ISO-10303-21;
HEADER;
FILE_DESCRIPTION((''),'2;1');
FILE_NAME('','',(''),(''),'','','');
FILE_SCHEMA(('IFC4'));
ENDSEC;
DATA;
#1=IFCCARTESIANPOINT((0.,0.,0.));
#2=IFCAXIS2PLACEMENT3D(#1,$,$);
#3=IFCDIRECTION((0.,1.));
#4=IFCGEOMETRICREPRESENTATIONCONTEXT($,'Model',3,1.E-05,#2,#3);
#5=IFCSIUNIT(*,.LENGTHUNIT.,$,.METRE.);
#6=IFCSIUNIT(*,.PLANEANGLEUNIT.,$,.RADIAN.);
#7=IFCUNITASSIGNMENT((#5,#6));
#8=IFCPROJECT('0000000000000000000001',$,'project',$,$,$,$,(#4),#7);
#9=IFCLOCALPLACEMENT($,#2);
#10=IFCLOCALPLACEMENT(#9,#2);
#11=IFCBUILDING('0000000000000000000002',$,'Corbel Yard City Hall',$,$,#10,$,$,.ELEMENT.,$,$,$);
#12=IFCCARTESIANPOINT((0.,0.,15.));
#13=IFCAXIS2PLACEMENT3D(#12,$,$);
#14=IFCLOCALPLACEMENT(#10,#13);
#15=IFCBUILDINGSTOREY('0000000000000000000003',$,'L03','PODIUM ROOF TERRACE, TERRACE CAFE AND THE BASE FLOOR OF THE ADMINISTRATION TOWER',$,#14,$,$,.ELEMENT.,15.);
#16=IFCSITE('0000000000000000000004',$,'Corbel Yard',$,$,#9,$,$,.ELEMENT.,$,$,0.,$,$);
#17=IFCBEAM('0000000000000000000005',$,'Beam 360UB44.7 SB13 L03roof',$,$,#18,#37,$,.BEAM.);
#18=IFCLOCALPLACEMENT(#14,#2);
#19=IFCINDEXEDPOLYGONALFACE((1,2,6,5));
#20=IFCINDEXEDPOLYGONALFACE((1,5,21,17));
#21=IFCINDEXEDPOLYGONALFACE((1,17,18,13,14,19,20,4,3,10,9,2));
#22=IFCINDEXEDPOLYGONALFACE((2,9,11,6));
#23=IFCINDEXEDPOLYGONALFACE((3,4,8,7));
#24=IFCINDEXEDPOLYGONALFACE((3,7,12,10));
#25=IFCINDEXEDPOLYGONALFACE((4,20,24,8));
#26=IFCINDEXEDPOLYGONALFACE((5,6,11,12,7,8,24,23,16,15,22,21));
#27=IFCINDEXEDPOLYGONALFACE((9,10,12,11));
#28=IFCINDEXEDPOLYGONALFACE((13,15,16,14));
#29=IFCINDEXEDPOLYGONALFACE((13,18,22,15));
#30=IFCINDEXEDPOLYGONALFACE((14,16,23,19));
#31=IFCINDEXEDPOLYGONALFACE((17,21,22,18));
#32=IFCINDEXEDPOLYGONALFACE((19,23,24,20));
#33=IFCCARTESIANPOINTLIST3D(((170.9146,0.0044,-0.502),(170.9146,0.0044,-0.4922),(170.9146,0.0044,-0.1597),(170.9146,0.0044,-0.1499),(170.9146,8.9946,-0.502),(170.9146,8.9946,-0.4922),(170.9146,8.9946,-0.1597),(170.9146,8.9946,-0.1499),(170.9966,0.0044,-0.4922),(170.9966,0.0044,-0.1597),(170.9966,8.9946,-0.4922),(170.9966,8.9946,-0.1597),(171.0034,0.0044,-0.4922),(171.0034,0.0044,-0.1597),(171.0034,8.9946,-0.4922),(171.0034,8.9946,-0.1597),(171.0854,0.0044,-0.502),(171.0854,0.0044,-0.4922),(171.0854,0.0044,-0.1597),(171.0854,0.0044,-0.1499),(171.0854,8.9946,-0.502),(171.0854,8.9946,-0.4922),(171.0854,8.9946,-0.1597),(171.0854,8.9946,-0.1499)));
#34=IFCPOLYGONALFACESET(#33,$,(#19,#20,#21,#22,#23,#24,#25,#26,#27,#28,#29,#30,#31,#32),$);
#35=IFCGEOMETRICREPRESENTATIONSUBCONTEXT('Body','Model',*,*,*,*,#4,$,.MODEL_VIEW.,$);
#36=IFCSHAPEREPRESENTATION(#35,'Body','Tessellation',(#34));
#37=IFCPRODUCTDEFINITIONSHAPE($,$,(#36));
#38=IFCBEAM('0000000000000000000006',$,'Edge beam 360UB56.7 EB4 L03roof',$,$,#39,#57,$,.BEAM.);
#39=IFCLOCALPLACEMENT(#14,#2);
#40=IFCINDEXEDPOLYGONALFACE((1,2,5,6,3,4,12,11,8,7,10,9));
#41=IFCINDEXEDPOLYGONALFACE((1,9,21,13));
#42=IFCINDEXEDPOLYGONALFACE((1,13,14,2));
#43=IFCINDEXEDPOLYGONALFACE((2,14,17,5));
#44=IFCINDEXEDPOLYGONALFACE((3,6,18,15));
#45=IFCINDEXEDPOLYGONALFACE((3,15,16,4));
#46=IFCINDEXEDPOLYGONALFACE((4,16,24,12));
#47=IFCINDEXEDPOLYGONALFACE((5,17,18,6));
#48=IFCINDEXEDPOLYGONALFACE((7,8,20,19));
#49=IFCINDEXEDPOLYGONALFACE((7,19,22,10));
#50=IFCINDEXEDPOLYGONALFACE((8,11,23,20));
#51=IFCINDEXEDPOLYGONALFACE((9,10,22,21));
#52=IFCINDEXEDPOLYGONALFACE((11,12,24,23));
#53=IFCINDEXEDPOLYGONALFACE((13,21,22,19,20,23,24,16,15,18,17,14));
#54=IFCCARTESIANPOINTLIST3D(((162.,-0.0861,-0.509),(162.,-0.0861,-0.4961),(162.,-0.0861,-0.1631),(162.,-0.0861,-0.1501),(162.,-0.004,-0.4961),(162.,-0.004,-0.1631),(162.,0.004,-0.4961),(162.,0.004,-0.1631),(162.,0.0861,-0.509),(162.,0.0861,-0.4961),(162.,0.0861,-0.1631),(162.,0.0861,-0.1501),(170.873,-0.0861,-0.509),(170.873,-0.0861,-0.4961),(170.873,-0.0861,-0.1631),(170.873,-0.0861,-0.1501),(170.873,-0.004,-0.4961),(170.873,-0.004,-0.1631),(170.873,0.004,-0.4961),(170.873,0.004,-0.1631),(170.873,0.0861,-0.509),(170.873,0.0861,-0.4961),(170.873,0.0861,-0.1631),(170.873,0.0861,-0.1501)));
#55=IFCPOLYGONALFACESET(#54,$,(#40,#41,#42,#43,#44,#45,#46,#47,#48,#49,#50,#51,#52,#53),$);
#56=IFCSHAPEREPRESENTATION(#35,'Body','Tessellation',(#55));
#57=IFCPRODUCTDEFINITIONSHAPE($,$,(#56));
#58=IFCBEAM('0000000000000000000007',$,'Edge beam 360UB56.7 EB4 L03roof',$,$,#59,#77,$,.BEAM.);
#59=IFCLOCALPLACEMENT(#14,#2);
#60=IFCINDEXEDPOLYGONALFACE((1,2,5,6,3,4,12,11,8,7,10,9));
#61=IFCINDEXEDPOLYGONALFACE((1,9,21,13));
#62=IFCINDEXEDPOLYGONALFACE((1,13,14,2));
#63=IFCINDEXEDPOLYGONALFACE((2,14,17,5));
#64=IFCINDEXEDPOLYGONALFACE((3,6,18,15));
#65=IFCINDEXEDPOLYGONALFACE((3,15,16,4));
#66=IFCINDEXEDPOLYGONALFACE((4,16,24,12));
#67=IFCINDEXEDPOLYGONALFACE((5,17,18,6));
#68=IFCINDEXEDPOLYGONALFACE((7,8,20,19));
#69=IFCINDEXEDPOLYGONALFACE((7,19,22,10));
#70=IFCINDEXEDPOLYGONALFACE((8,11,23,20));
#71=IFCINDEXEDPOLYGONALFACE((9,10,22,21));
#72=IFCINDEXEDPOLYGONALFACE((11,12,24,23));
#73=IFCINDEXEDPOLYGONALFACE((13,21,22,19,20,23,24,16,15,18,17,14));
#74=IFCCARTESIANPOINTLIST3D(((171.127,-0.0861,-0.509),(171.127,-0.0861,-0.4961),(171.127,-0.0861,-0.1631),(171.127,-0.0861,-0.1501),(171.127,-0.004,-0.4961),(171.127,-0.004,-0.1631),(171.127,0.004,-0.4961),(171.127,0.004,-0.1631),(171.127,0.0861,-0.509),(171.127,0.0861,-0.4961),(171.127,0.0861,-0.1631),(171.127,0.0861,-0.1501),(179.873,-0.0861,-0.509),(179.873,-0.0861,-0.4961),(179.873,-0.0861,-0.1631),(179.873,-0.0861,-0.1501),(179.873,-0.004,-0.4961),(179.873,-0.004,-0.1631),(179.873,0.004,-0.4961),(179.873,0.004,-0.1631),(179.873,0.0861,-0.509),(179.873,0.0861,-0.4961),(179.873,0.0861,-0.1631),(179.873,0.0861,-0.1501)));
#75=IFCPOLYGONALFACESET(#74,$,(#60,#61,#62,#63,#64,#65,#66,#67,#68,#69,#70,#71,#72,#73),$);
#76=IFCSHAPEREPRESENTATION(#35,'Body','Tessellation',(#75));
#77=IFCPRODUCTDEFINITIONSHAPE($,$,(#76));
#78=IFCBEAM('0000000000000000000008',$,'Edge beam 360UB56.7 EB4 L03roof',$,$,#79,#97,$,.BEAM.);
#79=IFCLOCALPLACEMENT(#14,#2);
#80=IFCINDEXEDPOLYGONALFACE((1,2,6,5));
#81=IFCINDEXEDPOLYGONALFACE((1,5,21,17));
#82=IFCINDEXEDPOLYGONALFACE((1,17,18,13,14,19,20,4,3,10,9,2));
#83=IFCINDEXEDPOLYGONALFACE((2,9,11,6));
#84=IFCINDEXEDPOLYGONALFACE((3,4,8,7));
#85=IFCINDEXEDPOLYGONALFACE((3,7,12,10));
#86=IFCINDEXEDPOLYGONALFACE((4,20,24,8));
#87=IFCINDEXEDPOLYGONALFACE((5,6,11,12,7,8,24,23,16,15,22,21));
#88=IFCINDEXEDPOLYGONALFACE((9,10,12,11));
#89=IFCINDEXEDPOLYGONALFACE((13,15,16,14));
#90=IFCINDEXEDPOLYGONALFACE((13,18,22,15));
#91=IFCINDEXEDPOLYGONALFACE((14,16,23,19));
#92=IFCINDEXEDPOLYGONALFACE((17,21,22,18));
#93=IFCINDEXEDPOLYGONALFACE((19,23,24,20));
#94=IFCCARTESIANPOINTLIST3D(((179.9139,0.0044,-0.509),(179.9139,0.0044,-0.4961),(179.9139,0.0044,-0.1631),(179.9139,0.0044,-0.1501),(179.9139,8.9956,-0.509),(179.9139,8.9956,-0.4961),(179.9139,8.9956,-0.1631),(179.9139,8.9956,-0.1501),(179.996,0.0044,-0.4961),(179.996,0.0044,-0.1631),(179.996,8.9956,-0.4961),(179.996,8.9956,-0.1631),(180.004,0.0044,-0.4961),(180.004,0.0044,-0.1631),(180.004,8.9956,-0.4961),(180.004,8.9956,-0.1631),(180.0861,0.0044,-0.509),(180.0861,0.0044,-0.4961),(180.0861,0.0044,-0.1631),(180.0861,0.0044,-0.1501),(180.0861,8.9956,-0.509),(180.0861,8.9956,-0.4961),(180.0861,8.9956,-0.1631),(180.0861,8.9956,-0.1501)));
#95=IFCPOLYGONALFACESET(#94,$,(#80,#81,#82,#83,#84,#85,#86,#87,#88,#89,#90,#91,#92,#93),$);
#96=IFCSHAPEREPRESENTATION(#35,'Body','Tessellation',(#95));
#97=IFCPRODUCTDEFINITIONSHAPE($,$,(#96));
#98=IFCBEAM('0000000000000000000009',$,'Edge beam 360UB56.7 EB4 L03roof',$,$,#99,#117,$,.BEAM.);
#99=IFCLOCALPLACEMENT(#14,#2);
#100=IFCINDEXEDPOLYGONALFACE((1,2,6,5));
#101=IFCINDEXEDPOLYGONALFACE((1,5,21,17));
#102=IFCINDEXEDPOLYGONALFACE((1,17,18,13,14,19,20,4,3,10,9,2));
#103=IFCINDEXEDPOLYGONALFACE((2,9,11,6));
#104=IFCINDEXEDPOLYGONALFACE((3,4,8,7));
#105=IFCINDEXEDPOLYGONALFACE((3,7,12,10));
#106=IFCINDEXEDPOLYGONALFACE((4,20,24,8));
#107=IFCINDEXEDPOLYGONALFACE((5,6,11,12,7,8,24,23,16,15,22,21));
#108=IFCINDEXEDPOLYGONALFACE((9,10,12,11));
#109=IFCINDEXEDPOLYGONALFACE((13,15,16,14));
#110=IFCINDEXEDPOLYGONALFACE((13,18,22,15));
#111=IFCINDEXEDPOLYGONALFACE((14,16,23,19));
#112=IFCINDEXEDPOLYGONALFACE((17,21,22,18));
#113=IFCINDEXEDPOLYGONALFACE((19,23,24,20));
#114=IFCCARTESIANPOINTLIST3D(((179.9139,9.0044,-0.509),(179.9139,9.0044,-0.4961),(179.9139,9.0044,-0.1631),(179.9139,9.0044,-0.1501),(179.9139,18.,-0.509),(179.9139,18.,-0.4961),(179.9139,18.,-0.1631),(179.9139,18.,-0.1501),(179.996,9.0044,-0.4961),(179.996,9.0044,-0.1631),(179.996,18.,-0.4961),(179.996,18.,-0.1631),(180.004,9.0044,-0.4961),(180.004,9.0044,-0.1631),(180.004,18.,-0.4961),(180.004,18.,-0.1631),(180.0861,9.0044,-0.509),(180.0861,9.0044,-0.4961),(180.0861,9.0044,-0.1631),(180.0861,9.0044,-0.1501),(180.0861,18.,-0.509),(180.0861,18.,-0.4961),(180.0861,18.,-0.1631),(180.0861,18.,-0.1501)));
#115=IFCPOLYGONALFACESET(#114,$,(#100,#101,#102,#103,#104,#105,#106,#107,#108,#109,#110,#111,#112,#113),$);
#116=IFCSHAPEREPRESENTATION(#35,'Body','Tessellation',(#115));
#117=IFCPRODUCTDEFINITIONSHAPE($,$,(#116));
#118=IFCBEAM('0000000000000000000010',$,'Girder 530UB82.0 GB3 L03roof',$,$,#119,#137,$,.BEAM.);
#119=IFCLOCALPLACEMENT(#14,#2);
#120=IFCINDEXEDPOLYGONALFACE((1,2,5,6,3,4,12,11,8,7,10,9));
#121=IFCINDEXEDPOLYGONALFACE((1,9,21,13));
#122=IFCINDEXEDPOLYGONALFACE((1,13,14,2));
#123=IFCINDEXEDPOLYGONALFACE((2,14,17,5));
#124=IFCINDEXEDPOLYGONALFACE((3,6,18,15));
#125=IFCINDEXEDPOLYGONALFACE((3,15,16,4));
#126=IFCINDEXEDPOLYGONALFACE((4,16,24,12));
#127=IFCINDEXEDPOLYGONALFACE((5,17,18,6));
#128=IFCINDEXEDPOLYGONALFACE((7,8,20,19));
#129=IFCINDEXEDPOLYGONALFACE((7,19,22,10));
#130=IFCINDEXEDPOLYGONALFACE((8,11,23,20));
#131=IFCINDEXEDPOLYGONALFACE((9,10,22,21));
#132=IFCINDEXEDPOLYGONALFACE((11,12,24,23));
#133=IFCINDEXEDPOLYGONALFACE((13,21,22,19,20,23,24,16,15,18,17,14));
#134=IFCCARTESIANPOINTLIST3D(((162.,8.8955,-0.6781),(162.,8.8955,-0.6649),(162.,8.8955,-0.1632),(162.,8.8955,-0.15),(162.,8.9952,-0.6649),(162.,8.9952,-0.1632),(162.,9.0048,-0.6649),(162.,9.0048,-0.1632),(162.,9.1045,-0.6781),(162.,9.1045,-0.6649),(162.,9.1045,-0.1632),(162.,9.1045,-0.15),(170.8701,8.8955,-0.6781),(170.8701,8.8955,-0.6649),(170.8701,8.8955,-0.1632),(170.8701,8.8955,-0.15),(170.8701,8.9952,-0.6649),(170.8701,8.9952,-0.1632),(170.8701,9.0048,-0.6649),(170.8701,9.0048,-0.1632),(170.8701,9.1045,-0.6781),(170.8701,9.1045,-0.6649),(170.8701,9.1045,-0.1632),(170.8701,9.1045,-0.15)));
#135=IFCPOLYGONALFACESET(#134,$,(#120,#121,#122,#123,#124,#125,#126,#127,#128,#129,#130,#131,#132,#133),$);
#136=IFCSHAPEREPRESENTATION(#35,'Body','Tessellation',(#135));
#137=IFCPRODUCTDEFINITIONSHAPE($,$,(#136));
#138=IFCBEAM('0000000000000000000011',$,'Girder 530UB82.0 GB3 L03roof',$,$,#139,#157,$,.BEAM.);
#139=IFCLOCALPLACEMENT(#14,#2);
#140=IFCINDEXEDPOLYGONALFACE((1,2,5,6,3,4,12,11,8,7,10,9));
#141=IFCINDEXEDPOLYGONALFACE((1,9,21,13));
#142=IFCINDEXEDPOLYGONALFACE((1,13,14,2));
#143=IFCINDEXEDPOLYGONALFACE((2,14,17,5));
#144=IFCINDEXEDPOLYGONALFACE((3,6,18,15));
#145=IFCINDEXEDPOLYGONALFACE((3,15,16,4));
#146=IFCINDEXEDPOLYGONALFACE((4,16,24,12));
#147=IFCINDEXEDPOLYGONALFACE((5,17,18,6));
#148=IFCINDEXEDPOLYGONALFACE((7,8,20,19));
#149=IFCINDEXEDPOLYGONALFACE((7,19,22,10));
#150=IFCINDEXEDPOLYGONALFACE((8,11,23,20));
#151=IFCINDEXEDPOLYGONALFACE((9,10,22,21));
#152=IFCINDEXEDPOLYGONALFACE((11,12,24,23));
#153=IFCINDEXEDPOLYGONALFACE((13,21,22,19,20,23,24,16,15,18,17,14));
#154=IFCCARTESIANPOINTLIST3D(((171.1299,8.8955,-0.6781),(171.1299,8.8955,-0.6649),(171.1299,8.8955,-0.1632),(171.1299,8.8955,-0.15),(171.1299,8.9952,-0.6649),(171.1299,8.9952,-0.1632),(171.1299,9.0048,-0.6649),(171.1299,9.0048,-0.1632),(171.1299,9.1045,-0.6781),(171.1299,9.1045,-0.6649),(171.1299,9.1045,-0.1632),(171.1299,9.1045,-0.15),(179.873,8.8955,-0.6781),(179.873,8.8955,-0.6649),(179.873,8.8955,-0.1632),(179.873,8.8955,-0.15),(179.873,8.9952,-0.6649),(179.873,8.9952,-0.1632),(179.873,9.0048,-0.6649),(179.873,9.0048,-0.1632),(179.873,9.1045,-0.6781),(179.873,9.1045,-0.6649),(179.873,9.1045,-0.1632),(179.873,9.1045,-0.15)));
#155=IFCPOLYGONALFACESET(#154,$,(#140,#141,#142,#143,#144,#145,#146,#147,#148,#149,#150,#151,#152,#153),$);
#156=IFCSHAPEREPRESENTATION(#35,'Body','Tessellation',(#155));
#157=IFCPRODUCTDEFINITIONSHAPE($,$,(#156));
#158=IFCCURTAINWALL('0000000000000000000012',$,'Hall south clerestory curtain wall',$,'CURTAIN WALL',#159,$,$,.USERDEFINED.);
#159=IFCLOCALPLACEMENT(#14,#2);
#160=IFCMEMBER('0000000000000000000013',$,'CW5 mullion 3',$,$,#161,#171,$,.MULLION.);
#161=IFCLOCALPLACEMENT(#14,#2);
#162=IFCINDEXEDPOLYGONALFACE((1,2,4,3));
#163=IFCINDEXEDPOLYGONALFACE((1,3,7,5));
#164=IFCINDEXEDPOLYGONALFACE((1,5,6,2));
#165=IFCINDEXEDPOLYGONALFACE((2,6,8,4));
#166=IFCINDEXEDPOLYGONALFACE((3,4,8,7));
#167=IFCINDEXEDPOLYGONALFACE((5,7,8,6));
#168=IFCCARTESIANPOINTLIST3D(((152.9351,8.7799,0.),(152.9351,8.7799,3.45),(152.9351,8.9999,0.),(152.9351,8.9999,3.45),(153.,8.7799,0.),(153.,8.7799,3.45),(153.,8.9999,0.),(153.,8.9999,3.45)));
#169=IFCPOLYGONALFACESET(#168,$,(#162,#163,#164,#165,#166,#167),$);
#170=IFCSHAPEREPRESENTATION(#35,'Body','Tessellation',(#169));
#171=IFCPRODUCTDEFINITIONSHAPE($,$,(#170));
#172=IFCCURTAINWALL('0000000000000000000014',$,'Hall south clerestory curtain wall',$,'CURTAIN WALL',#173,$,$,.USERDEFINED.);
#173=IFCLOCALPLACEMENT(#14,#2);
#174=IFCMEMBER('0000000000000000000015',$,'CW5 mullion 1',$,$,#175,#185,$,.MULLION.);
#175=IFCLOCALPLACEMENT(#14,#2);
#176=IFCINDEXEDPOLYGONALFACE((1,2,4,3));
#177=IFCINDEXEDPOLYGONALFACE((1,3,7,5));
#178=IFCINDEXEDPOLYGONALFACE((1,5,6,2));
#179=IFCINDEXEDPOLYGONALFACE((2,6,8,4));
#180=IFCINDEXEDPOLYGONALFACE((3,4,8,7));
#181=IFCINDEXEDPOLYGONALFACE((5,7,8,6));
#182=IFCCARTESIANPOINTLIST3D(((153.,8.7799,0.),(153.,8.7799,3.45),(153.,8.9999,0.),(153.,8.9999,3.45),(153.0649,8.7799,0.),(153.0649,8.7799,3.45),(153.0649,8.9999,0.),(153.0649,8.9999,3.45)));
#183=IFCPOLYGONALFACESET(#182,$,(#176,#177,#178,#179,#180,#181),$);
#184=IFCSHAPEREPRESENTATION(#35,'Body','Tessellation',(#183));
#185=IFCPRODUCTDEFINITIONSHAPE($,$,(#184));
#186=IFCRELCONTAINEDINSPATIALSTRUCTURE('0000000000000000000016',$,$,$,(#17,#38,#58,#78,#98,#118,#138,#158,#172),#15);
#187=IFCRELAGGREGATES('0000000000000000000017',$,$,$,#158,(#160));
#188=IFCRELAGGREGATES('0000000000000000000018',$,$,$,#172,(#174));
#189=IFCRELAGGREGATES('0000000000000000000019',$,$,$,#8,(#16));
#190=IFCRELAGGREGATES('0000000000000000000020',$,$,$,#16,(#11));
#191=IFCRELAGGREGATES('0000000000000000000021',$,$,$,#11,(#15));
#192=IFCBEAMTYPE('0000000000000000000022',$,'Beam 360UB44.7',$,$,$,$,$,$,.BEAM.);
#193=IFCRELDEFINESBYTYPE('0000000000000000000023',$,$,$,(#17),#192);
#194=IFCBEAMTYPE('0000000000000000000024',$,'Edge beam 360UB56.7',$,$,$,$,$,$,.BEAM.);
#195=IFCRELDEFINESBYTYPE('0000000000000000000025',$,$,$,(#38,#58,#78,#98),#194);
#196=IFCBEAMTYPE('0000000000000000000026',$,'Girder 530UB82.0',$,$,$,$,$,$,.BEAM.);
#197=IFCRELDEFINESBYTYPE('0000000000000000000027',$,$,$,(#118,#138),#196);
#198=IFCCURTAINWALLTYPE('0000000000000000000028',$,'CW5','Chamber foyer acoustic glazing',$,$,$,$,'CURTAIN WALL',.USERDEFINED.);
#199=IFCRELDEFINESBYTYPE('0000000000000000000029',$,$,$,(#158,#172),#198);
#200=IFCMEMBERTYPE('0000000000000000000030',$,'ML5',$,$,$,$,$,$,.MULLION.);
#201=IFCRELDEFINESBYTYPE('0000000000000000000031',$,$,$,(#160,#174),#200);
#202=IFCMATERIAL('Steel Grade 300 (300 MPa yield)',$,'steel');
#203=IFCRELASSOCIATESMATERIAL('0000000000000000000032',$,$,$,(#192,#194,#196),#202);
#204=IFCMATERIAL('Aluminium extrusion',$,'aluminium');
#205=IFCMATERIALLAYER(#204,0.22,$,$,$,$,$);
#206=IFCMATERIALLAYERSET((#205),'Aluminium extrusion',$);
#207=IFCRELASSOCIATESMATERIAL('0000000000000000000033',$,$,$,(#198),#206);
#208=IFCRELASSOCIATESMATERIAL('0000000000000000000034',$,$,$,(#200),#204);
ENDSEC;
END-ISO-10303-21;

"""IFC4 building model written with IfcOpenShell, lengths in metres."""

from ifc_helpers import new_model, si_unit, direction, frame, origin, origin_2d, place, context, subcontext, project, spatial, rectangle, i_section, extrude, material, layer, layer_set, material_profile, profile_set, type_object, element, aggregate, save


model = new_model("IFC4")

# Units and contexts
model_context = context("Model", 3, precision=1e-05, world=origin(), true_north=direction((0.0, 1.0)))
body_context = subcontext(model_context, "Body", "Model", "MODEL_VIEW")
ifc_project = project(units=[si_unit("LENGTHUNIT", "METRE"), si_unit("PLANEANGLEUNIT", "RADIAN")], contexts=[model_context])

# Site, building, storey
site_placement = place(None, origin())
site = spatial("IfcSite", under=ifc_project, at=site_placement, Name="Corbel Yard", CompositionType="ELEMENT", RefElevation=0.0)
building_placement = place(site_placement, origin())
building = spatial("IfcBuilding", under=site, at=building_placement, Name="Corbel Yard City Hall", CompositionType="ELEMENT")
storey_placement = place(building_placement, frame((0.0, 0.0, 15.0)))
storey = spatial("IfcBuildingStorey", under=building, at=storey_placement, Name="L03", Description="PODIUM ROOF TERRACE, TERRACE CAFE AND THE BASE FLOOR OF THE ADMINISTRATION TOWER", CompositionType="ELEMENT", Elevation=15.0)

# Beams
ifc_material_1 = material(Name="Steel Grade 300 (300 MPa yield)", Category="steel")
ifc_material_profile_1 = material_profile(ifc_material_1, i_section(OverallWidth=0.1709, OverallDepth=0.3521, WebThickness=0.0068, FlangeThickness=0.0098, at=origin_2d()), Name="360UB44.7")
ifc_profile_set_1 = profile_set([ifc_material_profile_1], Name="Steel Grade 300 (300 MPa yield)")
beam_type_1 = type_object("IfcBeamType", Name="Beam 360UB44.7", PredefinedType="BEAM", material=ifc_profile_set_1)
beam_1_placement = place(storey_placement, frame((171.0, 0.0044, -0.3259), z_axis=(0.0, 1.0, 0.0), x_axis=(-1.0, 0.0, 0.0)))
element("IfcBeam", 1, at=beam_1_placement, inside=storey, type_object=beam_type_1, Name="Beam 360UB44.7 SB13 L03roof", PredefinedType="BEAM", context=body_context, shape_type="SweptSolid", body=[
    extrude(i_section(OverallWidth=0.1709, OverallDepth=0.3521, WebThickness=0.0068, FlangeThickness=0.0098, at=origin_2d()), origin(), (0.0, 0.0, 1.0), 8.9902),
])
ifc_material_profile_2 = material_profile(ifc_material_1, i_section(OverallWidth=0.1721, OverallDepth=0.3589, WebThickness=0.0081, FlangeThickness=0.0129, at=origin_2d()), Name="360UB56.7")
ifc_profile_set_2 = profile_set([ifc_material_profile_2], Name="Steel Grade 300 (300 MPa yield)")
beam_type_2 = type_object("IfcBeamType", Name="Edge beam 360UB56.7", PredefinedType="BEAM", material=ifc_profile_set_2)
beam_2_placement = place(storey_placement, frame((162.0, 0.0, -0.3296), z_axis=(1.0, 0.0, 0.0), x_axis=(0.0, 1.0, 0.0)))
element("IfcBeam", 2, at=beam_2_placement, inside=storey, type_object=beam_type_2, Name="Edge beam 360UB56.7 EB4 L03roof", PredefinedType="BEAM", context=body_context, shape_type="SweptSolid", body=[
    extrude(i_section(OverallWidth=0.1721, OverallDepth=0.3589, WebThickness=0.0081, FlangeThickness=0.0129, at=origin_2d()), origin(), (0.0, 0.0, 1.0), 8.873),
])
beam_3_placement = place(storey_placement, frame((171.127, 0.0, -0.3296), z_axis=(1.0, 0.0, 0.0), x_axis=(0.0, 1.0, 0.0)))
element("IfcBeam", 3, at=beam_3_placement, inside=storey, type_object=beam_type_2, Name="Edge beam 360UB56.7 EB4 L03roof", PredefinedType="BEAM", context=body_context, shape_type="SweptSolid", body=[
    extrude(i_section(OverallWidth=0.1721, OverallDepth=0.3589, WebThickness=0.0081, FlangeThickness=0.0129, at=origin_2d()), origin(), (0.0, 0.0, 1.0), 8.7461),
])
beam_4_placement = place(storey_placement, frame((180.0, 0.0044, -0.3296), z_axis=(0.0, 1.0, 0.0), x_axis=(-1.0, 0.0, 0.0)))
element("IfcBeam", 4, at=beam_4_placement, inside=storey, type_object=beam_type_2, Name="Edge beam 360UB56.7 EB4 L03roof", PredefinedType="BEAM", context=body_context, shape_type="SweptSolid", body=[
    extrude(i_section(OverallWidth=0.1721, OverallDepth=0.3589, WebThickness=0.0081, FlangeThickness=0.0129, at=origin_2d()), origin(), (0.0, 0.0, 1.0), 8.9912),
])
beam_5_placement = place(storey_placement, frame((180.0, 9.0044, -0.3296), z_axis=(0.0, 1.0, 0.0), x_axis=(-1.0, 0.0, 0.0)))
element("IfcBeam", 5, at=beam_5_placement, inside=storey, type_object=beam_type_2, Name="Edge beam 360UB56.7 EB4 L03roof", PredefinedType="BEAM", context=body_context, shape_type="SweptSolid", body=[
    extrude(i_section(OverallWidth=0.1721, OverallDepth=0.3589, WebThickness=0.0081, FlangeThickness=0.0129, at=origin_2d()), origin(), (0.0, 0.0, 1.0), 8.9956),
])
ifc_material_profile_3 = material_profile(ifc_material_1, i_section(OverallWidth=0.209, OverallDepth=0.5281, WebThickness=0.0095, FlangeThickness=0.0132, at=origin_2d()), Name="530UB82.0")
ifc_profile_set_3 = profile_set([ifc_material_profile_3], Name="Steel Grade 300 (300 MPa yield)")
beam_type_3 = type_object("IfcBeamType", Name="Girder 530UB82.0", PredefinedType="BEAM", material=ifc_profile_set_3)
beam_6_placement = place(storey_placement, frame((162.0, 9.0, -0.4141), z_axis=(1.0, 0.0, 0.0), x_axis=(0.0, 1.0, 0.0)))
element("IfcBeam", 6, at=beam_6_placement, inside=storey, type_object=beam_type_3, Name="Girder 530UB82.0 GB3 L03roof", PredefinedType="BEAM", context=body_context, shape_type="SweptSolid", body=[
    extrude(i_section(OverallWidth=0.209, OverallDepth=0.5281, WebThickness=0.0095, FlangeThickness=0.0132, at=origin_2d()), origin(), (0.0, 0.0, 1.0), 8.8701),
])
beam_7_placement = place(storey_placement, frame((171.1299, 9.0, -0.4141), z_axis=(1.0, 0.0, 0.0), x_axis=(0.0, 1.0, 0.0)))
element("IfcBeam", 7, at=beam_7_placement, inside=storey, type_object=beam_type_3, Name="Girder 530UB82.0 GB3 L03roof", PredefinedType="BEAM", context=body_context, shape_type="SweptSolid", body=[
    extrude(i_section(OverallWidth=0.209, OverallDepth=0.5281, WebThickness=0.0095, FlangeThickness=0.0132, at=origin_2d()), origin(), (0.0, 0.0, 1.0), 8.7432),
])

# Curtain wall, member
ifc_material_2 = material(Name="Aluminium extrusion", Category="aluminium")
ifc_layer_1 = layer(ifc_material_2, 0.22)
ifc_layer_set_1 = layer_set([ifc_layer_1], Name="Aluminium extrusion")
curtain_wall_type = type_object("IfcCurtainWallType", Name="CW5", Description="Chamber foyer acoustic glazing", ElementType="CURTAIN WALL", PredefinedType="USERDEFINED", material=ifc_layer_set_1)
curtain_wall_1_placement = place(storey_placement, origin())
curtain_wall_1 = element("IfcCurtainWall", 8, at=curtain_wall_1_placement, inside=storey, type_object=curtain_wall_type, Name="Hall south clerestory curtain wall", ObjectType="CURTAIN WALL", PredefinedType="USERDEFINED")
ifc_material_profile_4 = material_profile(ifc_material_2, rectangle(XDim=0.22, YDim=0.0649, at=origin_2d()), Name="220x65")
ifc_profile_set_4 = profile_set([ifc_material_profile_4], Name="Aluminium extrusion")
member_type_1 = type_object("IfcMemberType", Name="ML5", PredefinedType="MULLION", material=ifc_profile_set_4)
member_1_placement = place(storey_placement, frame((152.9675, 8.8899, 0.0), z_axis=(0.0, 0.0, 1.0), x_axis=(0.0, 1.0, 0.0)))
member_1 = element("IfcMember", 9, at=member_1_placement, type_object=member_type_1, Name="CW5 mullion 3", PredefinedType="MULLION", context=body_context, shape_type="SweptSolid", body=[
    extrude(rectangle(XDim=0.22, YDim=0.0649, at=origin_2d()), origin(), (0.0, 0.0, 1.0), 3.45),
])
aggregate(curtain_wall_1, [member_1])

# Curtain wall, member
curtain_wall_2_placement = place(storey_placement, origin())
curtain_wall_2 = element("IfcCurtainWall", 10, at=curtain_wall_2_placement, inside=storey, type_object=curtain_wall_type, Name="Hall south clerestory curtain wall", ObjectType="CURTAIN WALL", PredefinedType="USERDEFINED")
member_2_placement = place(storey_placement, frame((153.0325, 8.8899, 0.0), z_axis=(0.0, 0.0, 1.0), x_axis=(0.0, 1.0, 0.0)))
member_2 = element("IfcMember", 11, at=member_2_placement, type_object=member_type_1, Name="CW5 mullion 1", PredefinedType="MULLION", context=body_context, shape_type="SweptSolid", body=[
    extrude(rectangle(XDim=0.22, YDim=0.0649, at=origin_2d()), origin(), (0.0, 0.0, 1.0), 3.45),
])

aggregate(curtain_wall_2, [member_2])

save(model, "model.ifc")
